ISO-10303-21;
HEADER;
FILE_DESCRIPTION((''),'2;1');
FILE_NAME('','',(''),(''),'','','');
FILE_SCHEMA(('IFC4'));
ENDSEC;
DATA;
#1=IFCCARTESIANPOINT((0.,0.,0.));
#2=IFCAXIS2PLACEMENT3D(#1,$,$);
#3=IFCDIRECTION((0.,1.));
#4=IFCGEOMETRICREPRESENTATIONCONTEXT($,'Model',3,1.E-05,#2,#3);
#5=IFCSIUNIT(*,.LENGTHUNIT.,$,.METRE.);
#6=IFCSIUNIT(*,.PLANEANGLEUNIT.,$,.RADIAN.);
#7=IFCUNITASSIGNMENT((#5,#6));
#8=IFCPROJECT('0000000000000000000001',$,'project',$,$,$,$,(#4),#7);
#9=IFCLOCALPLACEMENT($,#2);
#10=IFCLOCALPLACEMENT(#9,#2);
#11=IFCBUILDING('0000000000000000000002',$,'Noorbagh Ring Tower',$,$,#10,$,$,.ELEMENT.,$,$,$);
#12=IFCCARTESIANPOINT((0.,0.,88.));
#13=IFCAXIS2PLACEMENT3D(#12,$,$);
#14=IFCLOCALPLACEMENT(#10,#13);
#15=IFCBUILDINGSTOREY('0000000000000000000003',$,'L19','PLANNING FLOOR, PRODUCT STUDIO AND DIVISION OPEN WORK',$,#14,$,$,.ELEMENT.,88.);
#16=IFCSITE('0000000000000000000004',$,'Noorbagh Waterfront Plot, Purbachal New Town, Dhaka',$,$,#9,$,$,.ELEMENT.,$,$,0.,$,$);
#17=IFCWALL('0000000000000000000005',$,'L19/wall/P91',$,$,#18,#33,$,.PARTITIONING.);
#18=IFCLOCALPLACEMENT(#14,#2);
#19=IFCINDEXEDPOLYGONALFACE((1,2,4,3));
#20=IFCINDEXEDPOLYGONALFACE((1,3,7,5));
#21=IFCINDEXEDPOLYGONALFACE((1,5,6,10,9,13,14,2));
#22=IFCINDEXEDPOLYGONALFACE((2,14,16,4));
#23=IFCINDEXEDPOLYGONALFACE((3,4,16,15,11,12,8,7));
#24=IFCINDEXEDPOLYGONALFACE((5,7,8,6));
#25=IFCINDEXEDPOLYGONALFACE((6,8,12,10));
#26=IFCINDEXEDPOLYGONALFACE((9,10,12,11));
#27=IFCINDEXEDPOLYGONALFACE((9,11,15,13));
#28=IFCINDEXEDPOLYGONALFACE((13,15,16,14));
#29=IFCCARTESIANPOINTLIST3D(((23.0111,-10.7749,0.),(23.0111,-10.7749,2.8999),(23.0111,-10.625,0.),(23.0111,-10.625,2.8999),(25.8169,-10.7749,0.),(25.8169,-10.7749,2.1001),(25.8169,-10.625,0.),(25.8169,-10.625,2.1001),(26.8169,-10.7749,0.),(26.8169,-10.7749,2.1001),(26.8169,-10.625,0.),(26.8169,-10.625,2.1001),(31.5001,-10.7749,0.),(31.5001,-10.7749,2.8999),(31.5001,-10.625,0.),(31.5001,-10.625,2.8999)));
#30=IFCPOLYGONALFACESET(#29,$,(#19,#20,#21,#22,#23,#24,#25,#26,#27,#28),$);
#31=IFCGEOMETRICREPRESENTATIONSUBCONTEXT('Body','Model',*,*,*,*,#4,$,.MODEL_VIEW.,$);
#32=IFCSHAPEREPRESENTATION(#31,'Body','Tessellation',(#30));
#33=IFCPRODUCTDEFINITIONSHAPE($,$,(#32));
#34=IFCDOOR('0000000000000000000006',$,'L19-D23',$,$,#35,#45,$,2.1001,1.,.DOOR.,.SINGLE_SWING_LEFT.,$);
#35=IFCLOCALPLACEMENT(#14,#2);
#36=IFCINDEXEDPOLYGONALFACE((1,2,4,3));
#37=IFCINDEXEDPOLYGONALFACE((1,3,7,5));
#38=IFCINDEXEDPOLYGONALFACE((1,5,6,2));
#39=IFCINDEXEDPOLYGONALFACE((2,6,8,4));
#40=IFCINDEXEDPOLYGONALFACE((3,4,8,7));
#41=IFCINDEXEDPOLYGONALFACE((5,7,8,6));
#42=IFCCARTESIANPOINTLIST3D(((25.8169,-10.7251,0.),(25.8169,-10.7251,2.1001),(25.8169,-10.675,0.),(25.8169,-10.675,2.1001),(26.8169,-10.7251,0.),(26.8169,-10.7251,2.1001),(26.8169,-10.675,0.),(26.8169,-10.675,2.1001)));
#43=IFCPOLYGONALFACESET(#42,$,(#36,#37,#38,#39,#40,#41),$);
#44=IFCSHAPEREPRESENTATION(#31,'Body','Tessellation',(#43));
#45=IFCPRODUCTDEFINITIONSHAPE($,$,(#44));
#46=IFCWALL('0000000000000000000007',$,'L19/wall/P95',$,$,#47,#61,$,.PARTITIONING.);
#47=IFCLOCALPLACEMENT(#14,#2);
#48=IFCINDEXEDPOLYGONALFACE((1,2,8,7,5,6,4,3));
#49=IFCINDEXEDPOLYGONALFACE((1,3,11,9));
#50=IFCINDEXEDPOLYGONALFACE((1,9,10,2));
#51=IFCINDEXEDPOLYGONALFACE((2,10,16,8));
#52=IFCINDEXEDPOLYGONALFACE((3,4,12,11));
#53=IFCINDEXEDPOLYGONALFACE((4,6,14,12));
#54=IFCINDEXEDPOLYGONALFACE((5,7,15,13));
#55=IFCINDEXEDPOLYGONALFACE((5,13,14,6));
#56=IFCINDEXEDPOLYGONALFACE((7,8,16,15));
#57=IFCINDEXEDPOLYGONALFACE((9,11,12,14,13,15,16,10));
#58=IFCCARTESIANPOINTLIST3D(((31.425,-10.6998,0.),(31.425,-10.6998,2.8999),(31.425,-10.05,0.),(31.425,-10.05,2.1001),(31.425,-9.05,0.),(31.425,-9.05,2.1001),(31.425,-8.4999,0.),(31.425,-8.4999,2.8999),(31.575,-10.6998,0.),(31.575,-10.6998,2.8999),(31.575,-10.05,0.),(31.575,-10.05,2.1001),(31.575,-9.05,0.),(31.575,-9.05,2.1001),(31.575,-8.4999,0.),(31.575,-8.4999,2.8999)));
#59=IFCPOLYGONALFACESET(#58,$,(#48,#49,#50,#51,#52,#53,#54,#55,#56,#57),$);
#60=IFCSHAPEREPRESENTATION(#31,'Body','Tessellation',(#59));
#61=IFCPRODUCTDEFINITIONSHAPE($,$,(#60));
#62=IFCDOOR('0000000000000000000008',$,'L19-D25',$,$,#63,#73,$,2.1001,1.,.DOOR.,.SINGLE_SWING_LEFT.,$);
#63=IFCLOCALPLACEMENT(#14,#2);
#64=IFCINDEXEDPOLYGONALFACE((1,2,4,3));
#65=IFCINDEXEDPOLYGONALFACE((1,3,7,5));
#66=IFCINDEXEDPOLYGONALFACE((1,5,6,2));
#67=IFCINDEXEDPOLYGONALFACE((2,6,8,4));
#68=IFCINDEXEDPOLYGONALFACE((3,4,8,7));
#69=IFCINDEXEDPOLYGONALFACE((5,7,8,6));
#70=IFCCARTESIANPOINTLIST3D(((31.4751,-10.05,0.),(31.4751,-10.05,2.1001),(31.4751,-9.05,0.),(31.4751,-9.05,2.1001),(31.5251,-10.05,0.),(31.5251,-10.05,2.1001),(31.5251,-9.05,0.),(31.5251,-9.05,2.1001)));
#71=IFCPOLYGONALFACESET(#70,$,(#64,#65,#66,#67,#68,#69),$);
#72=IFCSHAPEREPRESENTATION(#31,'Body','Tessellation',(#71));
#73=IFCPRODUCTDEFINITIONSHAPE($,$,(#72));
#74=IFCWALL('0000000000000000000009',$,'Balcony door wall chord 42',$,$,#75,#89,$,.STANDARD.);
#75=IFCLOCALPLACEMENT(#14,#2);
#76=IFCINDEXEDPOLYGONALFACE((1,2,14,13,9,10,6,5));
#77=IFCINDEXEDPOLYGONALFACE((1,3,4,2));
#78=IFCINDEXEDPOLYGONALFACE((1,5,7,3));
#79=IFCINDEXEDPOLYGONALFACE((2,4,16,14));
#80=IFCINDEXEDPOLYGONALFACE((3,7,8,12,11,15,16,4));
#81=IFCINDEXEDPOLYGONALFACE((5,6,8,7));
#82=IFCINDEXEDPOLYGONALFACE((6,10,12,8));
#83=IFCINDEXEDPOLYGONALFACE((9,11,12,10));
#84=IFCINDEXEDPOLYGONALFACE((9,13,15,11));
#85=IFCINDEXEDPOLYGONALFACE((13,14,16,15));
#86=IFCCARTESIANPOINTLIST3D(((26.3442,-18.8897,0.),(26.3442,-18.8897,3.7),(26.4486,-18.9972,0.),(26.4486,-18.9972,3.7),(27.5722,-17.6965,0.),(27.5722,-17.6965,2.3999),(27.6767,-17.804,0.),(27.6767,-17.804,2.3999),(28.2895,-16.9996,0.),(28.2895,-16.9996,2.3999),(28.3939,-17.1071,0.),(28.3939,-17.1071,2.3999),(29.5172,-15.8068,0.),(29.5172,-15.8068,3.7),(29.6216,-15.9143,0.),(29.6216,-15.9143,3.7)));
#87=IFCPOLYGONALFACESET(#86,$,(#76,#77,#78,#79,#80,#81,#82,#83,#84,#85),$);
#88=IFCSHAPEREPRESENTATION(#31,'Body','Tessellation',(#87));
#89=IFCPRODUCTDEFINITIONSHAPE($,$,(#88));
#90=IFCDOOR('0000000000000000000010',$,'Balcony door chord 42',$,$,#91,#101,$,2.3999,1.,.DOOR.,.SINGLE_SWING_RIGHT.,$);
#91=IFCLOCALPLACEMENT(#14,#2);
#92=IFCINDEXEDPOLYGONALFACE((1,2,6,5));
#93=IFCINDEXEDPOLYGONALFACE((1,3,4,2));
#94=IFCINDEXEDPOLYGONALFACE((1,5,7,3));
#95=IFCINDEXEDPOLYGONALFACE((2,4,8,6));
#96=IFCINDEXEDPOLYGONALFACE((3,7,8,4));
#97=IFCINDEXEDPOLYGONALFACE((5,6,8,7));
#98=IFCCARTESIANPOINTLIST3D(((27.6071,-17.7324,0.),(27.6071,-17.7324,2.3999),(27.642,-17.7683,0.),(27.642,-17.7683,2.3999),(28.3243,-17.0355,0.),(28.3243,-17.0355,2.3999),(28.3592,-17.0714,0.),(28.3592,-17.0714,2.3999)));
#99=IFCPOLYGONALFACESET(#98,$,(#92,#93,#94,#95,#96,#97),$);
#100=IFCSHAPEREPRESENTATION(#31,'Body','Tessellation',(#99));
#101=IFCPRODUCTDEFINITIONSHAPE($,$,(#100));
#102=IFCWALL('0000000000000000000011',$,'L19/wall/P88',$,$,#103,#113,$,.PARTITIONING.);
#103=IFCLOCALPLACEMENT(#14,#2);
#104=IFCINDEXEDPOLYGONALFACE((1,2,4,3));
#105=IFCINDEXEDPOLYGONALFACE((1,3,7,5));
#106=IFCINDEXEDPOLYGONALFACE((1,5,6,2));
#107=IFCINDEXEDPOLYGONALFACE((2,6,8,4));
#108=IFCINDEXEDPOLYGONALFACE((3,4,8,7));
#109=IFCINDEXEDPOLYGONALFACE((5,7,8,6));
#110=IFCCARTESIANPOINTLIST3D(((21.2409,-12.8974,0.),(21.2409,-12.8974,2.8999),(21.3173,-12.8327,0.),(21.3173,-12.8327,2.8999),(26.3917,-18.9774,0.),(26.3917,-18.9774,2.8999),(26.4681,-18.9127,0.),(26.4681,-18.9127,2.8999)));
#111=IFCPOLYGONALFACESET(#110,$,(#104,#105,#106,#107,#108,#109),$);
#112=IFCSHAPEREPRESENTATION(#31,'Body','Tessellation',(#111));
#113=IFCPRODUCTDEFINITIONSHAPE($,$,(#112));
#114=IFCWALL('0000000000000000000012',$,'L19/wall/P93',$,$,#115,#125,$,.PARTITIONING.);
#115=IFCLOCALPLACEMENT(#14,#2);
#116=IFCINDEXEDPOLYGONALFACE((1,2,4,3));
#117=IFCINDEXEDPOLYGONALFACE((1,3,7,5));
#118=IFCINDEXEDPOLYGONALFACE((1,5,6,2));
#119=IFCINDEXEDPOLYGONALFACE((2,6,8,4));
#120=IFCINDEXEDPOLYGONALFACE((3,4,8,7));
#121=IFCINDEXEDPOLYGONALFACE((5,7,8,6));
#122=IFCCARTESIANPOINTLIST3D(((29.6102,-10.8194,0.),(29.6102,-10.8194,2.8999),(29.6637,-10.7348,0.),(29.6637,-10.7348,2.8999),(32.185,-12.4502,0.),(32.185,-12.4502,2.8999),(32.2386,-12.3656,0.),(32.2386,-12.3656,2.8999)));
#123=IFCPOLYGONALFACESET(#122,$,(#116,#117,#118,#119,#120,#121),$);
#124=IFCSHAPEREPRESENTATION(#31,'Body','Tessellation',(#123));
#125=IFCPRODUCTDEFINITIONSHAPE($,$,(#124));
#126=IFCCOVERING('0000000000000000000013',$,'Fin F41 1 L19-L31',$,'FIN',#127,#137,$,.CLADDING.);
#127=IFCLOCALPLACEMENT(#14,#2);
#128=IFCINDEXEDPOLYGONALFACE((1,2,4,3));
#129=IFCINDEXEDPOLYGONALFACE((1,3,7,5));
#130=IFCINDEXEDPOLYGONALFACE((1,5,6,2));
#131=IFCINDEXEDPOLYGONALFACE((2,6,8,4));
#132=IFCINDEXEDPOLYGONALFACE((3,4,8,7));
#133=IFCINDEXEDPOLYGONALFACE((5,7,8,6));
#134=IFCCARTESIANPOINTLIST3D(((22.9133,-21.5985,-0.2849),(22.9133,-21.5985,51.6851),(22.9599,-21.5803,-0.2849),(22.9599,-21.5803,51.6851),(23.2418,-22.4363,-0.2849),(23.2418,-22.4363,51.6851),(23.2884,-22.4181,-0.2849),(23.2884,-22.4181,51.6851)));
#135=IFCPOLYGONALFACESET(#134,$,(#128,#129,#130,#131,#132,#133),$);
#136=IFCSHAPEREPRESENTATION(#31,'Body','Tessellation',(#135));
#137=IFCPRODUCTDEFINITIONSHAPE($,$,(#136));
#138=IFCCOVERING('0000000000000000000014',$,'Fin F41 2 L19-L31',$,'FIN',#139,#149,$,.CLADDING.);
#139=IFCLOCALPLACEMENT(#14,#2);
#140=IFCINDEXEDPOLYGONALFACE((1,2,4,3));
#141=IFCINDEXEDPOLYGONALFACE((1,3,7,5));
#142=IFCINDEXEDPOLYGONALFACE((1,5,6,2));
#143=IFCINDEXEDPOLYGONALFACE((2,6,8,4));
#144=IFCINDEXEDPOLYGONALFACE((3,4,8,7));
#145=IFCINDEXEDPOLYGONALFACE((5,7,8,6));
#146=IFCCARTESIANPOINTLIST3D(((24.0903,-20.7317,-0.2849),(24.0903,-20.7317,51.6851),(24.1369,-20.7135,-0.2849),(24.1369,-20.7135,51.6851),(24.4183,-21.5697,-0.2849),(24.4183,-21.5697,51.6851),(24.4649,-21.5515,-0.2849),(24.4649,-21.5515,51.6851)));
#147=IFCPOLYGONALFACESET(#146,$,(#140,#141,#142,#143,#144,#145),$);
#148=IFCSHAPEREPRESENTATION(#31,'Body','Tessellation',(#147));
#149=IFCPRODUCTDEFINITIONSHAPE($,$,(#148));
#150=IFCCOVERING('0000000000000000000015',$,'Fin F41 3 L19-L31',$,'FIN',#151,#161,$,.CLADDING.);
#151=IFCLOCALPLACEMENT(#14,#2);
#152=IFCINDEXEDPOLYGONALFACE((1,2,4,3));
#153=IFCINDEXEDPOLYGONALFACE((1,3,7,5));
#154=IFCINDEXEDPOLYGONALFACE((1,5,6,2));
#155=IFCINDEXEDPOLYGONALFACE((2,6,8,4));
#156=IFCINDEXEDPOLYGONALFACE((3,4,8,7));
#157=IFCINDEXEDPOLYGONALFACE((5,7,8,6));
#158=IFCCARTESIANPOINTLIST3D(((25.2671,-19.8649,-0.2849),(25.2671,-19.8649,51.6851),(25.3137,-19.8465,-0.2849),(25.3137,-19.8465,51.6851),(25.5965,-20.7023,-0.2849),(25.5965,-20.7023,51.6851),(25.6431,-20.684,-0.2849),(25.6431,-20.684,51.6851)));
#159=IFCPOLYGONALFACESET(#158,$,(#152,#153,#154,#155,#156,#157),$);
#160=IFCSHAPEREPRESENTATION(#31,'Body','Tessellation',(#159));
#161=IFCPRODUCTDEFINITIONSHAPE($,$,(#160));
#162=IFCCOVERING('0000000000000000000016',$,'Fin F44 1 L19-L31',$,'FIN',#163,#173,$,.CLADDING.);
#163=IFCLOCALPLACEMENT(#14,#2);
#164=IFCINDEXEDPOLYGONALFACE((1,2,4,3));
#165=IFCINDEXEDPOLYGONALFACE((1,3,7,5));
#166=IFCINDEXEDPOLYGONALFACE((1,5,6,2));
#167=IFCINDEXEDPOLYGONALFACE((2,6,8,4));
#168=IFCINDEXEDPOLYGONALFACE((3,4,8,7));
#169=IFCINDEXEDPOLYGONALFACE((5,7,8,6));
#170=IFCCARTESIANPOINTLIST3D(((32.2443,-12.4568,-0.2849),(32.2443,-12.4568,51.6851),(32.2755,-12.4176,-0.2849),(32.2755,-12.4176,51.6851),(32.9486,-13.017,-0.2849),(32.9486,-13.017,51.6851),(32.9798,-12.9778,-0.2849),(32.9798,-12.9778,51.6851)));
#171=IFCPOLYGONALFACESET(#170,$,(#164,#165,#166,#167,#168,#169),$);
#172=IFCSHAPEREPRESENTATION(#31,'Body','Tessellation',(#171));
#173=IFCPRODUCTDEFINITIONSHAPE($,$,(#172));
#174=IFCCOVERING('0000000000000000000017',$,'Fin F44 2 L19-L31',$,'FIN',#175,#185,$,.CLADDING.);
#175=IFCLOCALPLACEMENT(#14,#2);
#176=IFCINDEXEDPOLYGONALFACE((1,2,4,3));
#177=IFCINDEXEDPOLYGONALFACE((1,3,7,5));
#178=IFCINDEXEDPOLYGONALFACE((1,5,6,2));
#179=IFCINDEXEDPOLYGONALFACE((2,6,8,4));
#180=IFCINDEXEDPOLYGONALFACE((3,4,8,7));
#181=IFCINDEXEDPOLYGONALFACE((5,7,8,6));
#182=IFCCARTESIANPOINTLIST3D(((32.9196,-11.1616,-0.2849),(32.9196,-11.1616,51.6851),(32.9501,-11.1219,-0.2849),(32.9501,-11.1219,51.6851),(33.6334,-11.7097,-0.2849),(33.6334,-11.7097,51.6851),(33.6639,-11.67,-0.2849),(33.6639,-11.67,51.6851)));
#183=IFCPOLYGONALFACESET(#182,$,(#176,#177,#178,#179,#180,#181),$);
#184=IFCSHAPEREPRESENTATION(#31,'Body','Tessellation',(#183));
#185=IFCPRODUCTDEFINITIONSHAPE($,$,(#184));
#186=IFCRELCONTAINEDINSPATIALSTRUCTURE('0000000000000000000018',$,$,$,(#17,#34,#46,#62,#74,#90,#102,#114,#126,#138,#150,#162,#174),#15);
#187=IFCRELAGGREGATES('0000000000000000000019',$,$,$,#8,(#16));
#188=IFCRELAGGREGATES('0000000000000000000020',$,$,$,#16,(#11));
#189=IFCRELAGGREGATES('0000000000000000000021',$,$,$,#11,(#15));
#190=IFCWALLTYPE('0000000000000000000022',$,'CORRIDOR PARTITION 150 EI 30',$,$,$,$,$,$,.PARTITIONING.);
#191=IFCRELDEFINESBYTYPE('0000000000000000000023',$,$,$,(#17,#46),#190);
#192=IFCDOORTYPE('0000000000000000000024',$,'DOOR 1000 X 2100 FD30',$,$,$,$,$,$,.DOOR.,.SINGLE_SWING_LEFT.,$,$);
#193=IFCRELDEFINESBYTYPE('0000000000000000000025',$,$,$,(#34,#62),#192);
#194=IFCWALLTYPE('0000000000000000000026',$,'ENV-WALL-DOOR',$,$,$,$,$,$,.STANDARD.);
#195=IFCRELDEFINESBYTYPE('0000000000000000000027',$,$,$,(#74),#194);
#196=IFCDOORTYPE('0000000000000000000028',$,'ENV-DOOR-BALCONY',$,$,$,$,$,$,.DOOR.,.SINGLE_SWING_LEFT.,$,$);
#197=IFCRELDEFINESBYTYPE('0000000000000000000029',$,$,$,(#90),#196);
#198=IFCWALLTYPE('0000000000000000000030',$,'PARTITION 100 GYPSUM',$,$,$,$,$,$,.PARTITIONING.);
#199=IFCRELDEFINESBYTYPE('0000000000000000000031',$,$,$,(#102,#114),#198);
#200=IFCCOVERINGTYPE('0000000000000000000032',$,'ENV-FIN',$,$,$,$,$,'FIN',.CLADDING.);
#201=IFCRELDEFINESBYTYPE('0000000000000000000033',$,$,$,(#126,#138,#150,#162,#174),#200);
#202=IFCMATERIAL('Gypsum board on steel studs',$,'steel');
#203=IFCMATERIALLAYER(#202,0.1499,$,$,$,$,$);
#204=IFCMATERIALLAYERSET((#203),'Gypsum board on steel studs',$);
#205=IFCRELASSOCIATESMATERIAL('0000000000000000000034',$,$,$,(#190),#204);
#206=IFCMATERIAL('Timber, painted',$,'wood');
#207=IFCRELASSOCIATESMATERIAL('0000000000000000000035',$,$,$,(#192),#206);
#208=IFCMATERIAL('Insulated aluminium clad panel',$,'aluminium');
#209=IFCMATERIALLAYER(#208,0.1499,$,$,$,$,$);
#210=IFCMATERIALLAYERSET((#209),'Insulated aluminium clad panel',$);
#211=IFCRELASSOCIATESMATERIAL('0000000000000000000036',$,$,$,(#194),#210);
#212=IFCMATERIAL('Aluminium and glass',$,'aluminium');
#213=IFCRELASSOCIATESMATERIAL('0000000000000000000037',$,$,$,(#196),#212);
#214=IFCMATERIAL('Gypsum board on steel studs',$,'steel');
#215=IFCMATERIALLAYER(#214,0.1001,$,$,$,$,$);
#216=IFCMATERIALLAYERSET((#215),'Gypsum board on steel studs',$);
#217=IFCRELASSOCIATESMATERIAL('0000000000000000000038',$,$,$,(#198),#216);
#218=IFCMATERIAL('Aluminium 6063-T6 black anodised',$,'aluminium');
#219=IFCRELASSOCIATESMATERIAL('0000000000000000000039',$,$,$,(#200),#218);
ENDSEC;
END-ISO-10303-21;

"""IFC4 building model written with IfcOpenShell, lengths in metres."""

from ifc_helpers import new_model, si_unit, direction, frame, frame_2d, origin, origin_2d, place, context, subcontext, project, spatial, rectangle, extrude, material, layer, layer_set, material_profile, profile_set, type_object, element, fill, save


model = new_model("IFC4")

# Units and contexts
model_context = context("Model", 3, precision=1e-05, world=origin(), true_north=direction((0.0, 1.0)))
body_context = subcontext(model_context, "Body", "Model", "MODEL_VIEW")
ifc_project = project(units=[si_unit("LENGTHUNIT", "METRE"), si_unit("PLANEANGLEUNIT", "RADIAN")], contexts=[model_context])

# Site, building, storey
site_placement = place(None, origin())
site = spatial("IfcSite", under=ifc_project, at=site_placement, Name="Noorbagh Waterfront Plot, Purbachal New Town, Dhaka", CompositionType="ELEMENT", RefElevation=0.0)
building_placement = place(site_placement, origin())
building = spatial("IfcBuilding", under=site, at=building_placement, Name="Noorbagh Ring Tower", CompositionType="ELEMENT")
storey_placement = place(building_placement, frame((0.0, 0.0, 88.0)))
storey = spatial("IfcBuildingStorey", under=building, at=storey_placement, Name="L19", Description="PLANNING FLOOR, PRODUCT STUDIO AND DIVISION OPEN WORK", CompositionType="ELEMENT", Elevation=88.0)

# Shared definitions
ifc_material_1 = material(Name="Gypsum board on steel studs", Category="steel")
ifc_layer_1 = layer(ifc_material_1, 0.1499)
ifc_layer_set_1 = layer_set([ifc_layer_1], Name="Gypsum board on steel studs")
wall_type_1 = type_object("IfcWallType", Name="CORRIDOR PARTITION 150 EI 30", PredefinedType="PARTITIONING", material=ifc_layer_set_1)

# Walls, openings, doors
wall_1_placement = place(storey_placement, frame((23.011, -10.7, 0.0), z_axis=(0.0, 0.0, 1.0), x_axis=(1.0, 0.0, 0.0)))
wall_1 = element("IfcWall", 1, at=wall_1_placement, inside=storey, type_object=wall_type_1, Name="L19/wall/P91", PredefinedType="PARTITIONING", context=body_context, shape_type="SweptSolid", body=[
    extrude(rectangle(XDim=8.489, YDim=0.1499, at=frame_2d((4.2446, 0.0))), origin(), (0.0, 0.0, 1.0), 2.8999),
])
opening_1_placement = place(wall_1_placement, frame((2.8059, 0.0, 0.0)))
opening_1 = element("IfcOpeningElement", 2, at=opening_1_placement, cuts=wall_1, PredefinedType="OPENING", context=body_context, shape_type="SweptSolid", body=[
    extrude(rectangle(XDim=1.0, YDim=2.1001, at=frame_2d((0.5, 1.05))), frame((0.0, 0.085, 0.0), z_axis=(0.0, -1.0, 0.0), x_axis=(1.0, 0.0, 0.0)), (0.0, 0.0, 1.0), 0.1699),
])
ifc_material_2 = material(Name="Timber, painted", Category="wood")
door_type_1 = type_object("IfcDoorType", Name="DOOR 1000 X 2100 FD30", OperationType="SINGLE_SWING_LEFT", PredefinedType="DOOR", material=ifc_material_2)
door_1_placement = place(opening_1_placement, origin())
door_1 = element("IfcDoor", 3, at=door_1_placement, inside=storey, type_object=door_type_1, Name="L19-D23", OperationType="SINGLE_SWING_LEFT", OverallHeight=2.1001, OverallWidth=1.0, PredefinedType="DOOR", context=body_context, shape_type="SweptSolid", body=[
    extrude(rectangle(XDim=1.0, YDim=2.1001, at=frame_2d((0.5, 1.05))), frame((0.0, 0.0249, 0.0), z_axis=(0.0, -1.0, 0.0), x_axis=(1.0, 0.0, 0.0)), (0.0, 0.0, 1.0), 0.05),
])
fill(opening_1, door_1)
wall_2_placement = place(storey_placement, frame((31.5, -10.7, 0.0), z_axis=(0.0, 0.0, 1.0), x_axis=(0.0, 1.0, 0.0)))
wall_2 = element("IfcWall", 4, at=wall_2_placement, inside=storey, type_object=wall_type_1, Name="L19/wall/P95", PredefinedType="PARTITIONING", context=body_context, shape_type="SweptSolid", body=[
    extrude(rectangle(XDim=2.2, YDim=0.1499, at=frame_2d((1.1001, 0.0))), origin(), (0.0, 0.0, 1.0), 2.8999),
])
opening_2_placement = place(wall_2_placement, frame((0.6499, 0.0, 0.0)))
opening_2 = element("IfcOpeningElement", 5, at=opening_2_placement, cuts=wall_2, PredefinedType="OPENING", context=body_context, shape_type="SweptSolid", body=[
    extrude(rectangle(XDim=1.0, YDim=2.1001, at=frame_2d((0.5, 1.05))), frame((0.0, 0.085, 0.0), z_axis=(0.0, -1.0, 0.0), x_axis=(1.0, 0.0, 0.0)), (0.0, 0.0, 1.0), 0.1699),
])
door_2_placement = place(opening_2_placement, origin())
door_2 = element("IfcDoor", 6, at=door_2_placement, inside=storey, type_object=door_type_1, Name="L19-D25", OperationType="SINGLE_SWING_LEFT", OverallHeight=2.1001, OverallWidth=1.0, PredefinedType="DOOR", context=body_context, shape_type="SweptSolid", body=[
    extrude(rectangle(XDim=1.0, YDim=2.1001, at=frame_2d((0.5, 1.05))), frame((0.0, 0.0249, 0.0), z_axis=(0.0, -1.0, 0.0), x_axis=(1.0, 0.0, 0.0)), (0.0, 0.0, 1.0), 0.05),
])
fill(opening_2, door_2)
ifc_material_3 = material(Name="Insulated aluminium clad panel", Category="aluminium")
ifc_layer_2 = layer(ifc_material_3, 0.1499)
ifc_layer_set_2 = layer_set([ifc_layer_2], Name="Insulated aluminium clad panel")
wall_type_2 = type_object("IfcWallType", Name="ENV-WALL-DOOR", PredefinedType="STANDARD", material=ifc_layer_set_2)
wall_3_placement = place(storey_placement, frame((26.3965, -18.9434, 0.0), z_axis=(0.0, 0.0, 1.0), x_axis=(0.717215, 0.696852, 0.0)))
wall_3 = element("IfcWall", 7, at=wall_3_placement, inside=storey, type_object=wall_type_2, Name="Balcony door wall chord 42", PredefinedType="STANDARD", context=body_context, shape_type="SweptSolid", body=[
    extrude(rectangle(XDim=4.4241, YDim=0.1499, at=frame_2d((2.2119, 0.0))), origin(), (0.0, 0.0, 1.0), 3.7),
])
opening_3_placement = place(wall_3_placement, frame((1.7122, 0.0, 0.0)))
opening_3 = element("IfcOpeningElement", 8, at=opening_3_placement, cuts=wall_3, PredefinedType="OPENING", context=body_context, shape_type="SweptSolid", body=[
    extrude(rectangle(XDim=1.0, YDim=2.3999, at=frame_2d((0.5, 1.2))), frame((0.0, 0.085, 0.0), z_axis=(0.0, -1.0, 0.0), x_axis=(1.0, 0.0, 0.0)), (0.0, 0.0, 1.0), 0.1699),
])
ifc_material_4 = material(Name="Aluminium and glass", Category="aluminium")
door_type_2 = type_object("IfcDoorType", Name="ENV-DOOR-BALCONY", OperationType="SINGLE_SWING_LEFT", PredefinedType="DOOR", material=ifc_material_4)
door_3_placement = place(opening_3_placement, origin())
door_3 = element("IfcDoor", 9, at=door_3_placement, inside=storey, type_object=door_type_2, Name="Balcony door chord 42", OperationType="SINGLE_SWING_RIGHT", OverallHeight=2.3999, OverallWidth=1.0, PredefinedType="DOOR", context=body_context, shape_type="SweptSolid", body=[
    extrude(rectangle(XDim=1.0, YDim=2.3999, at=frame_2d((0.5, 1.2))), frame((0.0, 0.0249, 0.0), z_axis=(0.0, -1.0, 0.0), x_axis=(1.0, 0.0, 0.0)), (0.0, 0.0, 1.0), 0.05),
])
fill(opening_3, door_3)

# Walls
ifc_material_5 = material(Name="Gypsum board on steel studs", Category="steel")
ifc_layer_3 = layer(ifc_material_5, 0.1001)
ifc_layer_set_3 = layer_set([ifc_layer_3], Name="Gypsum board on steel studs")
wall_type_3 = type_object("IfcWallType", Name="PARTITION 100 GYPSUM", PredefinedType="PARTITIONING", material=ifc_layer_set_3)
wall_4_placement = place(storey_placement, frame((21.2791, -12.865, 0.0), z_axis=(0.0, 0.0, 1.0), x_axis=(0.646395, -0.763003, 0.0)))
element("IfcWall", 10, at=wall_4_placement, inside=storey, type_object=wall_type_3, Name="L19/wall/P88", PredefinedType="PARTITIONING", context=body_context, shape_type="SweptSolid", body=[
    extrude(rectangle(XDim=7.9685, YDim=0.1001, at=frame_2d((3.9844, 0.0))), origin(), (0.0, 0.0, 1.0), 2.8999),
])
wall_5_placement = place(storey_placement, frame((29.637, -10.7771, 0.0), z_axis=(0.0, 0.0, 1.0), x_axis=(0.844811, -0.535065, 0.0)))
element("IfcWall", 11, at=wall_5_placement, inside=storey, type_object=wall_type_3, Name="L19/wall/P93", PredefinedType="PARTITIONING", context=body_context, shape_type="SweptSolid", body=[
    extrude(rectangle(XDim=3.0479, YDim=0.1001, at=frame_2d((1.5239, 0.0))), origin(), (0.0, 0.0, 1.0), 2.8999),
])

# Coverings
ifc_material_6 = material(Name="Aluminium 6063-T6 black anodised", Category="aluminium")
ifc_material_profile_1 = material_profile(ifc_material_6, rectangle(XDim=0.8999, YDim=0.05, at=origin_2d()), Name="900x50")
ifc_profile_set_1 = profile_set([ifc_material_profile_1], Name="Aluminium 6063-T6 black anodised")
covering_type_1 = type_object("IfcCoveringType", Name="ENV-FIN", ElementType="FIN", PredefinedType="CLADDING", material=ifc_profile_set_1)
for number, where, z_axis, x_axis, name in (
    (12, (23.1008, -22.0083, -0.2849), (0.0, 0.0, 1.0), (0.365038, -0.930993, 0.0), "Fin F41 1 L19-L31"),
    (13, (24.2776, -21.1416, -0.2849), (0.0, 0.0, 1.0), (0.364533, -0.93119, 0.0), "Fin F41 2 L19-L31"),
    (14, (25.4551, -20.2744, -0.2849), (0.0, 0.0, 1.0), (0.366047, -0.930596, 0.0), "Fin F41 3 L19-L31"),
    (15, (32.6121, -12.7173, -0.2849), (0.0, 0.0, 1.0), (0.782644, -0.62247, 0.0), "Fin F44 1 L19-L31"),
    (16, (33.2917, -11.4158, -0.2849), (0.0, 0.0, 1.0), (0.793138, -0.609043, 0.0), "Fin F44 2 L19-L31"),
):
    element("IfcCovering", number, at=place(storey_placement, frame(where, z_axis=z_axis, x_axis=x_axis)), inside=storey, type_object=covering_type_1, Name=name, ObjectType="FIN", PredefinedType="CLADDING", context=body_context, shape_type="SweptSolid", body=[
        extrude(rectangle(XDim=0.8999, YDim=0.05, at=origin_2d()), origin(), (0.0, 0.0, 1.0), 51.97),
    ])

save(model, "model.ifc")
